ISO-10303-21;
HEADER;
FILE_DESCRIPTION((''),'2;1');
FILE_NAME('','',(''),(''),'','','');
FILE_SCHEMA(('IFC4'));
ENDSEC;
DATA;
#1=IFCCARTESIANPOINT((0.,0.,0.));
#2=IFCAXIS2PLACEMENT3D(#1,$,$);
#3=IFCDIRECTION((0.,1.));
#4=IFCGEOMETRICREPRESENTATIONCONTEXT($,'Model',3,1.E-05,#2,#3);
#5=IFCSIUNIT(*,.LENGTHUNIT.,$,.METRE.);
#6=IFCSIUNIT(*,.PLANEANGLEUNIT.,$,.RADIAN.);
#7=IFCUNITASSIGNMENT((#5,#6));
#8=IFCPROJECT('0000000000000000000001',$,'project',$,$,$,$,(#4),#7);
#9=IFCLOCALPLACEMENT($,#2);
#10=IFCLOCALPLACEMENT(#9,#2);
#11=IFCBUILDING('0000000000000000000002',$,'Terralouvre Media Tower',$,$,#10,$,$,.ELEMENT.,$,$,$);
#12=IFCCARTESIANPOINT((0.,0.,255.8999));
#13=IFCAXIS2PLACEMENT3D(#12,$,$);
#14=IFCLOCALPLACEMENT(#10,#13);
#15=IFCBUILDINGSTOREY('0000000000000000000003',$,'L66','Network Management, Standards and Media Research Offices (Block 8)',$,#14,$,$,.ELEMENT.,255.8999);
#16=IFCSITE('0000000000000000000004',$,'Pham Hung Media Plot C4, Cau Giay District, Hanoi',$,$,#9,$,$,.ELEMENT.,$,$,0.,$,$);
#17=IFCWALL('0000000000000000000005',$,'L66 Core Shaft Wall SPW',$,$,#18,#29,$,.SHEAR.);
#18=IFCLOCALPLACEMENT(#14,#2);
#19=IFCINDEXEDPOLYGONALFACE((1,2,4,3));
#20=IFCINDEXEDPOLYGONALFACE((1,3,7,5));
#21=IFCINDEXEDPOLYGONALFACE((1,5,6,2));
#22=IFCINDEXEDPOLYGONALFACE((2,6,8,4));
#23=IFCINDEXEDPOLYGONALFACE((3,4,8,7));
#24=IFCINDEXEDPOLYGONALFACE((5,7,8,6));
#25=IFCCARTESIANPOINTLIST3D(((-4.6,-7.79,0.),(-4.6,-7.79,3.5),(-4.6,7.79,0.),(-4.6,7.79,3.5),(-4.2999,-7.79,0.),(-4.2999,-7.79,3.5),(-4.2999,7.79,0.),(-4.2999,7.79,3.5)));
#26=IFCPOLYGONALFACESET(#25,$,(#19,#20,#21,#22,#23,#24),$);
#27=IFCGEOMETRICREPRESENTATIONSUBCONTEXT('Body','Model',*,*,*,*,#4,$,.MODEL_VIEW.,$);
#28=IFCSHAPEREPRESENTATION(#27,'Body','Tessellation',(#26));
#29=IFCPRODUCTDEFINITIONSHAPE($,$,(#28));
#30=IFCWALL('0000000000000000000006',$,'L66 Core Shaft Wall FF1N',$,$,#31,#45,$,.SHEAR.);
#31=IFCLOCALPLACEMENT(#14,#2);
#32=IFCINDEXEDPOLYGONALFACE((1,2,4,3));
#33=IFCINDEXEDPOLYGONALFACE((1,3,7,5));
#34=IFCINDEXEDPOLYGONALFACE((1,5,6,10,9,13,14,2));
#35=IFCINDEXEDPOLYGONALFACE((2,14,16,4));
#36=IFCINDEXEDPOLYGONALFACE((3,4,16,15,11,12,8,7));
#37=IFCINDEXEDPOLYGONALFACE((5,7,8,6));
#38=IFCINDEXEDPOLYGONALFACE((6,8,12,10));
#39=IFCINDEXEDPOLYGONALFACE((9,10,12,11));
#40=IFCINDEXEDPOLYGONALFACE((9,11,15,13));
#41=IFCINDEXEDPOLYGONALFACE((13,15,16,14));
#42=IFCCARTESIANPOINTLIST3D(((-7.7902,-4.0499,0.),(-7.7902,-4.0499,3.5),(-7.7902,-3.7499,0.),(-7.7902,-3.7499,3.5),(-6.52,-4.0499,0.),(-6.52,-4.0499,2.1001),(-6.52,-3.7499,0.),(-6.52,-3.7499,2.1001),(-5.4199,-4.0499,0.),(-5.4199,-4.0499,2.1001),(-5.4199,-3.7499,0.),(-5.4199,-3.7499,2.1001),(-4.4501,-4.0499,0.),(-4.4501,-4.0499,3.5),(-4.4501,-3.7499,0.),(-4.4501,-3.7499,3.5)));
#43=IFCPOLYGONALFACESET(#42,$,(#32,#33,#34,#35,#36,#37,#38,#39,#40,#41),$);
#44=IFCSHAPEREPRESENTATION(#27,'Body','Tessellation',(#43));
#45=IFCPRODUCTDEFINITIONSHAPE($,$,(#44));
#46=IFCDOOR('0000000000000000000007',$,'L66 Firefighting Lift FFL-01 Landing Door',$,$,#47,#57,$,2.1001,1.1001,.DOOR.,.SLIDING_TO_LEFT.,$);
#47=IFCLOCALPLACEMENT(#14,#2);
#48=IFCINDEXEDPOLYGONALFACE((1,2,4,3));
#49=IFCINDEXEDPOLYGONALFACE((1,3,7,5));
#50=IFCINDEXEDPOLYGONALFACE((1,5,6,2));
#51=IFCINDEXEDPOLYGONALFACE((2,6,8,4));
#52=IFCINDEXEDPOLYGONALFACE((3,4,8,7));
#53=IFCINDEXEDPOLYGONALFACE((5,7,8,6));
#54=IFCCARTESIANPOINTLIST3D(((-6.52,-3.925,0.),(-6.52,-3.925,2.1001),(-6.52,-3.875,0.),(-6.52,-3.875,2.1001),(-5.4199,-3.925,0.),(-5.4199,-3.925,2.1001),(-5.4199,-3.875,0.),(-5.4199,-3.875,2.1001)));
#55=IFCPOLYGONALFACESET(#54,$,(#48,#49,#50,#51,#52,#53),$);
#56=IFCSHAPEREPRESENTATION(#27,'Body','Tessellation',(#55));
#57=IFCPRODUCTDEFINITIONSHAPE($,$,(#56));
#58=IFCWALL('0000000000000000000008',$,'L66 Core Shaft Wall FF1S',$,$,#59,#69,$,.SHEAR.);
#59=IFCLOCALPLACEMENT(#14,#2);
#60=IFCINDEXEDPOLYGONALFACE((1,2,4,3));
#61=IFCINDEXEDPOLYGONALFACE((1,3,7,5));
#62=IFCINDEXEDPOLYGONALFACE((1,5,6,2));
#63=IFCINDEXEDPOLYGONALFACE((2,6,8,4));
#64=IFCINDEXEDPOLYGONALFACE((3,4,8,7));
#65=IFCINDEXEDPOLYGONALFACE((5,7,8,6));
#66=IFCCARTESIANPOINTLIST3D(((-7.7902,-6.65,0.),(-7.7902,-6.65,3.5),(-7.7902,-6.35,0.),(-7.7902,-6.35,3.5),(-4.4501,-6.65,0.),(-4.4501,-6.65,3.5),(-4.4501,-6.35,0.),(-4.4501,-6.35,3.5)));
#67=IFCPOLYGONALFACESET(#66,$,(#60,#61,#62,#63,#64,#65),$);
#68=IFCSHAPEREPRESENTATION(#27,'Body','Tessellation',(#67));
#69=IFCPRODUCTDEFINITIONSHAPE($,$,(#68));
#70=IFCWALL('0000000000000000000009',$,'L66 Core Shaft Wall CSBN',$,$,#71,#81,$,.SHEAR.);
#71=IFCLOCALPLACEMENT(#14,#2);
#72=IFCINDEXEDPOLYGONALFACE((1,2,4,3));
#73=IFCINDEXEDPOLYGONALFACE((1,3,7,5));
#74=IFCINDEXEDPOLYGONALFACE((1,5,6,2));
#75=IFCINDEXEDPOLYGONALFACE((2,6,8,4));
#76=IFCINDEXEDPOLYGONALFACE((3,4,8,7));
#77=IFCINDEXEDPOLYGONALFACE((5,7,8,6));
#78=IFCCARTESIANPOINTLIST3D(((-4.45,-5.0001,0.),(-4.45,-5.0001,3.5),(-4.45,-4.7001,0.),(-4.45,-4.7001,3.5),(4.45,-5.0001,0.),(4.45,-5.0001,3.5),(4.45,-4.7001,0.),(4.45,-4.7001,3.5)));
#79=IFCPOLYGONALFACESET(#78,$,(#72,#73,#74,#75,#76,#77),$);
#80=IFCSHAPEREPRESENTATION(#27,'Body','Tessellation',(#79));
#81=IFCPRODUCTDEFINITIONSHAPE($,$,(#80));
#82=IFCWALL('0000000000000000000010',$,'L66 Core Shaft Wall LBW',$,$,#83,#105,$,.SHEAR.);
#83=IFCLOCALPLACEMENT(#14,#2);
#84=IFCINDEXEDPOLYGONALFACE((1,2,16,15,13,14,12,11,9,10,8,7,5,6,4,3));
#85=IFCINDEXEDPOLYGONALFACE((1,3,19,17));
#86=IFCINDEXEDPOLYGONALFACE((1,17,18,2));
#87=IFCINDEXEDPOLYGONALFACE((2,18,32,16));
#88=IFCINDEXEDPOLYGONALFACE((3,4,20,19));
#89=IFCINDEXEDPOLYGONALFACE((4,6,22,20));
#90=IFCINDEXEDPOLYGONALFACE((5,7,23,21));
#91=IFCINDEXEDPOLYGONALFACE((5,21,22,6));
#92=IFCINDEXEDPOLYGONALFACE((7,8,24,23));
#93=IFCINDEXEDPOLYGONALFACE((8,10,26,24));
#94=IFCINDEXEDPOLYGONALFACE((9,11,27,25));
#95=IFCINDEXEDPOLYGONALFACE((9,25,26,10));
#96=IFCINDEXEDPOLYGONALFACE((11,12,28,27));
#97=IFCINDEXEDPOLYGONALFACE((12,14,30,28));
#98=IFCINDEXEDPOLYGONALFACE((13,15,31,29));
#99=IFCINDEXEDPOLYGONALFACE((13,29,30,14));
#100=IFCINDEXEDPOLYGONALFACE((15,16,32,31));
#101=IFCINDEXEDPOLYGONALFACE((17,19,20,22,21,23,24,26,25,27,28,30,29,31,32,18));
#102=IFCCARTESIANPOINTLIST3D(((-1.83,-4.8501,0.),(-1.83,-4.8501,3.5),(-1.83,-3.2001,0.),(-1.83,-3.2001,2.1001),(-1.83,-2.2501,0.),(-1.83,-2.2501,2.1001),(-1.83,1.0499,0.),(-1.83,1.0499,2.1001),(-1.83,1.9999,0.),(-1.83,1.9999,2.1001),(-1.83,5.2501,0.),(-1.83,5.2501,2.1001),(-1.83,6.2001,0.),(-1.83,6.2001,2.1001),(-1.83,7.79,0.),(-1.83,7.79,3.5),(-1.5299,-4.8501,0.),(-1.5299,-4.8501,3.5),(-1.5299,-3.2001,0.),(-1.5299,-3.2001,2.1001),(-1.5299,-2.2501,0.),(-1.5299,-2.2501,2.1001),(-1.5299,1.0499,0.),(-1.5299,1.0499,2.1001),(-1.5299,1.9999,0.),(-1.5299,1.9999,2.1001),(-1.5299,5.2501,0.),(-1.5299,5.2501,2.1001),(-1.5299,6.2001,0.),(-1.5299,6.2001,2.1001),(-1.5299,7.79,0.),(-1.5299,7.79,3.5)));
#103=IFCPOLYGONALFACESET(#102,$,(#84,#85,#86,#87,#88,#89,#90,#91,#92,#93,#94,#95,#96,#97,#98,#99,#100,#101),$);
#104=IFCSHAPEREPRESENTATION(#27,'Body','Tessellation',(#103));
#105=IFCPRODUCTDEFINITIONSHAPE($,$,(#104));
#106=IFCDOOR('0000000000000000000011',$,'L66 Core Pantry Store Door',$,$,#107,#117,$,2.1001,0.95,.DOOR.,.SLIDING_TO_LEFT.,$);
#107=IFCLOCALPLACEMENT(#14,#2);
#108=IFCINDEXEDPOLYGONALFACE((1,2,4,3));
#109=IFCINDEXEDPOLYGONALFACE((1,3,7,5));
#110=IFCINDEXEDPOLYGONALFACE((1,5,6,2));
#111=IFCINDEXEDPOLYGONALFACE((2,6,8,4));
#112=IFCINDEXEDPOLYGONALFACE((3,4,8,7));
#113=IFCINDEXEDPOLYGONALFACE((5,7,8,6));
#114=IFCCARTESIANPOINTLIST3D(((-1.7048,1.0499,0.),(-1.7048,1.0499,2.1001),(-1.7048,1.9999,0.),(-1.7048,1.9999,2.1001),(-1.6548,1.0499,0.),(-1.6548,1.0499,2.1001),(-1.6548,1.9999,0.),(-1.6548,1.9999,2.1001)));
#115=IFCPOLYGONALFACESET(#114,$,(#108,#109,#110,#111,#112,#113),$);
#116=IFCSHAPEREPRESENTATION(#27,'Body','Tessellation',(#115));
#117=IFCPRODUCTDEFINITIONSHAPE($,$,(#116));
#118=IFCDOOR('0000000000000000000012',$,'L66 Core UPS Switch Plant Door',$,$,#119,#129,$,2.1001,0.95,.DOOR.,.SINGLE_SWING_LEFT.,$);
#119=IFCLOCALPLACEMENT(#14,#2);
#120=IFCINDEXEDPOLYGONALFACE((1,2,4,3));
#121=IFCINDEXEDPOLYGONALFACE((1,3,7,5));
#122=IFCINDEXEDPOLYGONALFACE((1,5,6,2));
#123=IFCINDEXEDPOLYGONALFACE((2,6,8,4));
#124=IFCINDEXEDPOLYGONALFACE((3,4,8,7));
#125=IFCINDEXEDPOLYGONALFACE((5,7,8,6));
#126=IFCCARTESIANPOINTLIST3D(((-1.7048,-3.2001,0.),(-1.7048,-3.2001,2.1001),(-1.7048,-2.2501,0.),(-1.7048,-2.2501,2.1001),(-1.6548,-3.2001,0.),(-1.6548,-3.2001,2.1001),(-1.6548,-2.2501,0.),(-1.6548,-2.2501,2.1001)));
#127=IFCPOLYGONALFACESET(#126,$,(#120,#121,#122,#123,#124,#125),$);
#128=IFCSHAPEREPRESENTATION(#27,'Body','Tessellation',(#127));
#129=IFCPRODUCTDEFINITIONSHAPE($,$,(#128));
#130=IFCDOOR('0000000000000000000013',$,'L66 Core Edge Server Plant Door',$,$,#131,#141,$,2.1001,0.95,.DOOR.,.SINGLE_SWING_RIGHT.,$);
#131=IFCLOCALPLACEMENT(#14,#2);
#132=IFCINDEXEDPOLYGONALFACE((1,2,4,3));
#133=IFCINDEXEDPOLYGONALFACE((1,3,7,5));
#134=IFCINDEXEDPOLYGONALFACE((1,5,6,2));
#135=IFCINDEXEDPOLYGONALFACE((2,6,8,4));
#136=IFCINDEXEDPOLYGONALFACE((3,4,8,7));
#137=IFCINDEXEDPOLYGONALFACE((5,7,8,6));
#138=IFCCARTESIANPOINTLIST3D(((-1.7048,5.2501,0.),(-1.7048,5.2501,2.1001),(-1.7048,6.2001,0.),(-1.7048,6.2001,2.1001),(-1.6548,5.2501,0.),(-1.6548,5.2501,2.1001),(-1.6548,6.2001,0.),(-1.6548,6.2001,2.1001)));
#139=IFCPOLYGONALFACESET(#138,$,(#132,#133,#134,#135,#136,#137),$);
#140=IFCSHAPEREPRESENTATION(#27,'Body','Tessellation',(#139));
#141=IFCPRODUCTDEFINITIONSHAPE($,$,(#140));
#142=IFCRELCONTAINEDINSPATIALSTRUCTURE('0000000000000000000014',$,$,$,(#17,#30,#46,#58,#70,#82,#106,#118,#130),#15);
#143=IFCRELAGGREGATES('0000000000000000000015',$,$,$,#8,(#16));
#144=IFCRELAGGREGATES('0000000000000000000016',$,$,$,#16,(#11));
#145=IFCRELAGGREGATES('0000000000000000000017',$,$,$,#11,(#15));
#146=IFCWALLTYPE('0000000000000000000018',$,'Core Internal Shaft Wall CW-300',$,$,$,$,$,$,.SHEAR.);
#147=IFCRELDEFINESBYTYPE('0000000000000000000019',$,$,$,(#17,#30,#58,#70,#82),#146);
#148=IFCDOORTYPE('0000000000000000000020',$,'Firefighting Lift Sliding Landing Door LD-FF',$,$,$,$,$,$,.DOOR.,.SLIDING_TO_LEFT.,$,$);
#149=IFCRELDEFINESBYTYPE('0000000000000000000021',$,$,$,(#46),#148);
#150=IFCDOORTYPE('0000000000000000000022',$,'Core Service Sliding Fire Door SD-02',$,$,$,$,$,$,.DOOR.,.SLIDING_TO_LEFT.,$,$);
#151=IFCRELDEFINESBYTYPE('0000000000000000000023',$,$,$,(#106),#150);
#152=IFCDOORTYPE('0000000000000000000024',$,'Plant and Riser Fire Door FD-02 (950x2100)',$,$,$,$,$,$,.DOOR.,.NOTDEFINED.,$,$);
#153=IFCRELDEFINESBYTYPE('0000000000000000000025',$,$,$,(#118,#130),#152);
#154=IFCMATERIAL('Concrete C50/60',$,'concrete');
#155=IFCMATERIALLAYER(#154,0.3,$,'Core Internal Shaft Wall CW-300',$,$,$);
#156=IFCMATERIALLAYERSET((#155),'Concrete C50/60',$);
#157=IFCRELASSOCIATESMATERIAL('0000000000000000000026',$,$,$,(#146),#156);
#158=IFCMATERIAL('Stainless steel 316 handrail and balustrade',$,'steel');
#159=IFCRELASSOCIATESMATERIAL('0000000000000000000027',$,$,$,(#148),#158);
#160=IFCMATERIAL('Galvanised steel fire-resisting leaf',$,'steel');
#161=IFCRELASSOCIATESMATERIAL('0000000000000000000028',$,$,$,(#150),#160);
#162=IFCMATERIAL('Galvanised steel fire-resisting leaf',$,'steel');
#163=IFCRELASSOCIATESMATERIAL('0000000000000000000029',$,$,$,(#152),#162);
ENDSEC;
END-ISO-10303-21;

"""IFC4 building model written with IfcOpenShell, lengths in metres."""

from ifc_helpers import new_model, si_unit, direction, frame, frame_2d, origin, place, context, subcontext, project, spatial, rectangle, extrude, material, layer, layer_set, type_object, element, fill, save


model = new_model("IFC4")

# Units and contexts
model_context = context("Model", 3, precision=1e-05, world=origin(), true_north=direction((0.0, 1.0)))
body_context = subcontext(model_context, "Body", "Model", "MODEL_VIEW")
ifc_project = project(units=[si_unit("LENGTHUNIT", "METRE"), si_unit("PLANEANGLEUNIT", "RADIAN")], contexts=[model_context])

# Site, building, storey
site_placement = place(None, origin())
site = spatial("IfcSite", under=ifc_project, at=site_placement, Name="Pham Hung Media Plot C4, Cau Giay District, Hanoi", CompositionType="ELEMENT", RefElevation=0.0)
building_placement = place(site_placement, origin())
building = spatial("IfcBuilding", under=site, at=building_placement, Name="Terralouvre Media Tower", CompositionType="ELEMENT")
storey_placement = place(building_placement, frame((0.0, 0.0, 255.8999)))
storey = spatial("IfcBuildingStorey", under=building, at=storey_placement, Name="L66", Description="Network Management, Standards and Media Research Offices (Block 8)", CompositionType="ELEMENT", Elevation=255.8999)

# Wall
ifc_material_1 = material(Name="Concrete C50/60", Category="concrete")
ifc_layer_1 = layer(ifc_material_1, 0.3, Name="Core Internal Shaft Wall CW-300")
ifc_layer_set_1 = layer_set([ifc_layer_1], Name="Concrete C50/60")
wall_type_1 = type_object("IfcWallType", Name="Core Internal Shaft Wall CW-300", PredefinedType="SHEAR", material=ifc_layer_set_1)
wall_1_placement = place(storey_placement, frame((-4.45, -7.79, 0.0), z_axis=(0.0, 0.0, 1.0), x_axis=(0.0, 1.0, 0.0)))
element("IfcWall", 1, at=wall_1_placement, inside=storey, type_object=wall_type_1, Name="L66 Core Shaft Wall SPW", PredefinedType="SHEAR", context=body_context, shape_type="SweptSolid", body=[
    extrude(rectangle(XDim=15.5801, YDim=0.3, at=frame_2d((7.79, 0.0))), origin(), (0.0, 0.0, 1.0), 3.5),
])

# Wall, opening, door
wall_2_placement = place(storey_placement, frame((-7.79, -3.8999, 0.0), z_axis=(0.0, 0.0, 1.0), x_axis=(1.0, 0.0, 0.0)))
wall_2 = element("IfcWall", 2, at=wall_2_placement, inside=storey, type_object=wall_type_1, Name="L66 Core Shaft Wall FF1N", PredefinedType="SHEAR", context=body_context, shape_type="SweptSolid", body=[
    extrude(rectangle(XDim=3.3401, YDim=0.3, at=frame_2d((1.6699, 0.0))), origin(), (0.0, 0.0, 1.0), 3.5),
])
opening_1_placement = place(wall_2_placement, frame((1.27, 0.0, 0.0)))
opening_1 = element("IfcOpeningElement", 3, at=opening_1_placement, cuts=wall_2, PredefinedType="OPENING", context=body_context, shape_type="SweptSolid", body=[
    extrude(rectangle(XDim=1.1001, YDim=2.1001, at=frame_2d((0.55, 1.05))), frame((0.0, 0.1599, 0.0), z_axis=(0.0, -1.0, 0.0), x_axis=(1.0, 0.0, 0.0)), (0.0, 0.0, 1.0), 0.3201),
])
ifc_material_2 = material(Name="Stainless steel 316 handrail and balustrade", Category="steel")
door_type_1 = type_object("IfcDoorType", Name="Firefighting Lift Sliding Landing Door LD-FF", OperationType="SLIDING_TO_LEFT", PredefinedType="DOOR", material=ifc_material_2)
door_1_placement = place(opening_1_placement, origin())
door_1 = element("IfcDoor", 4, at=door_1_placement, inside=storey, type_object=door_type_1, Name="L66 Firefighting Lift FFL-01 Landing Door", OperationType="SLIDING_TO_LEFT", OverallHeight=2.1001, OverallWidth=1.1001, PredefinedType="DOOR", context=body_context, shape_type="SweptSolid", body=[
    extrude(rectangle(XDim=1.1001, YDim=2.1001, at=frame_2d((0.55, 1.05))), frame((0.0, 0.0249, 0.0), z_axis=(0.0, -1.0, 0.0), x_axis=(1.0, 0.0, 0.0)), (0.0, 0.0, 1.0), 0.05),
])
fill(opening_1, door_1)

# Walls
wall_3_placement = place(storey_placement, frame((-7.79, -6.5, 0.0), z_axis=(0.0, 0.0, 1.0), x_axis=(1.0, 0.0, 0.0)))
element("IfcWall", 5, at=wall_3_placement, inside=storey, type_object=wall_type_1, Name="L66 Core Shaft Wall FF1S", PredefinedType="SHEAR", context=body_context, shape_type="SweptSolid", body=[
    extrude(rectangle(XDim=3.3401, YDim=0.3, at=frame_2d((1.6699, 0.0))), origin(), (0.0, 0.0, 1.0), 3.5),
])
wall_4_placement = place(storey_placement, frame((-4.45, -4.8501, 0.0), z_axis=(0.0, 0.0, 1.0), x_axis=(1.0, 0.0, 0.0)))
element("IfcWall", 6, at=wall_4_placement, inside=storey, type_object=wall_type_1, Name="L66 Core Shaft Wall CSBN", PredefinedType="SHEAR", context=body_context, shape_type="SweptSolid", body=[
    extrude(rectangle(XDim=8.8999, YDim=0.3, at=frame_2d((4.45, 0.0))), origin(), (0.0, 0.0, 1.0), 3.5),
])

# Wall, openings, doors
wall_5_placement = place(storey_placement, frame((-1.6799, -4.8501, 0.0), z_axis=(0.0, 0.0, 1.0), x_axis=(0.0, 1.0, 0.0)))
wall_5 = element("IfcWall", 7, at=wall_5_placement, inside=storey, type_object=wall_type_1, Name="L66 Core Shaft Wall LBW", PredefinedType="SHEAR", context=body_context, shape_type="SweptSolid", body=[
    extrude(rectangle(XDim=12.6401, YDim=0.3, at=frame_2d((6.3201, 0.0))), origin(), (0.0, 0.0, 1.0), 3.5),
])
opening_2_placement = place(wall_5_placement, frame((1.6499, 0.0, 0.0)))
opening_2 = element("IfcOpeningElement", 8, at=opening_2_placement, cuts=wall_5, PredefinedType="OPENING", context=body_context, shape_type="SweptSolid", body=[
    extrude(rectangle(XDim=0.95, YDim=2.1001, at=frame_2d((0.4751, 1.05))), frame((0.0, 0.1599, 0.0), z_axis=(0.0, -1.0, 0.0), x_axis=(1.0, 0.0, 0.0)), (0.0, 0.0, 1.0), 0.3201),
])
opening_3_placement = place(wall_5_placement, frame((5.8999, 0.0, 0.0)))
opening_3 = element("IfcOpeningElement", 9, at=opening_3_placement, cuts=wall_5, PredefinedType="OPENING", context=body_context, shape_type="SweptSolid", body=[
    extrude(rectangle(XDim=0.95, YDim=2.1001, at=frame_2d((0.4751, 1.05))), frame((0.0, 0.1599, 0.0), z_axis=(0.0, -1.0, 0.0), x_axis=(1.0, 0.0, 0.0)), (0.0, 0.0, 1.0), 0.3201),
])
opening_4_placement = place(wall_5_placement, frame((10.1001, 0.0, 0.0)))
opening_4 = element("IfcOpeningElement", 10, at=opening_4_placement, cuts=wall_5, PredefinedType="OPENING", context=body_context, shape_type="SweptSolid", body=[
    extrude(rectangle(XDim=0.95, YDim=2.1001, at=frame_2d((0.4751, 1.05))), frame((0.0, 0.1599, 0.0), z_axis=(0.0, -1.0, 0.0), x_axis=(1.0, 0.0, 0.0)), (0.0, 0.0, 1.0), 0.3201),
])
ifc_material_3 = material(Name="Galvanised steel fire-resisting leaf", Category="steel")
door_type_2 = type_object("IfcDoorType", Name="Core Service Sliding Fire Door SD-02", OperationType="SLIDING_TO_LEFT", PredefinedType="DOOR", material=ifc_material_3)
door_2_placement = place(opening_3_placement, origin())
door_2 = element("IfcDoor", 11, at=door_2_placement, inside=storey, type_object=door_type_2, Name="L66 Core Pantry Store Door", OperationType="SLIDING_TO_LEFT", OverallHeight=2.1001, OverallWidth=0.95, PredefinedType="DOOR", context=body_context, shape_type="SweptSolid", body=[
    extrude(rectangle(XDim=0.95, YDim=2.1001, at=frame_2d((0.4751, 1.05))), frame((0.0, 0.0249, 0.0), z_axis=(0.0, -1.0, 0.0), x_axis=(1.0, 0.0, 0.0)), (0.0, 0.0, 1.0), 0.05),
])
fill(opening_3, door_2)
ifc_material_4 = material(Name="Galvanised steel fire-resisting leaf", Category="steel")
door_type_3 = type_object("IfcDoorType", Name="Plant and Riser Fire Door FD-02 (950x2100)", OperationType="NOTDEFINED", PredefinedType="DOOR", material=ifc_material_4)
door_3_placement = place(opening_2_placement, origin())
door_3 = element("IfcDoor", 12, at=door_3_placement, inside=storey, type_object=door_type_3, Name="L66 Core UPS Switch Plant Door", OperationType="SINGLE_SWING_LEFT", OverallHeight=2.1001, OverallWidth=0.95, PredefinedType="DOOR", context=body_context, shape_type="SweptSolid", body=[
    extrude(rectangle(XDim=0.95, YDim=2.1001, at=frame_2d((0.4751, 1.05))), frame((0.0, 0.0249, 0.0), z_axis=(0.0, -1.0, 0.0), x_axis=(1.0, 0.0, 0.0)), (0.0, 0.0, 1.0), 0.05),
])
fill(opening_2, door_3)
door_4_placement = place(opening_4_placement, origin())
door_4 = element("IfcDoor", 13, at=door_4_placement, inside=storey, type_object=door_type_3, Name="L66 Core Edge Server Plant Door", OperationType="SINGLE_SWING_RIGHT", OverallHeight=2.1001, OverallWidth=0.95, PredefinedType="DOOR", context=body_context, shape_type="SweptSolid", body=[
    extrude(rectangle(XDim=0.95, YDim=2.1001, at=frame_2d((0.4751, 1.05))), frame((0.0, 0.0249, 0.0), z_axis=(0.0, -1.0, 0.0), x_axis=(1.0, 0.0, 0.0)), (0.0, 0.0, 1.0), 0.05),
])
fill(opening_4, door_4)

save(model, "model.ifc")
